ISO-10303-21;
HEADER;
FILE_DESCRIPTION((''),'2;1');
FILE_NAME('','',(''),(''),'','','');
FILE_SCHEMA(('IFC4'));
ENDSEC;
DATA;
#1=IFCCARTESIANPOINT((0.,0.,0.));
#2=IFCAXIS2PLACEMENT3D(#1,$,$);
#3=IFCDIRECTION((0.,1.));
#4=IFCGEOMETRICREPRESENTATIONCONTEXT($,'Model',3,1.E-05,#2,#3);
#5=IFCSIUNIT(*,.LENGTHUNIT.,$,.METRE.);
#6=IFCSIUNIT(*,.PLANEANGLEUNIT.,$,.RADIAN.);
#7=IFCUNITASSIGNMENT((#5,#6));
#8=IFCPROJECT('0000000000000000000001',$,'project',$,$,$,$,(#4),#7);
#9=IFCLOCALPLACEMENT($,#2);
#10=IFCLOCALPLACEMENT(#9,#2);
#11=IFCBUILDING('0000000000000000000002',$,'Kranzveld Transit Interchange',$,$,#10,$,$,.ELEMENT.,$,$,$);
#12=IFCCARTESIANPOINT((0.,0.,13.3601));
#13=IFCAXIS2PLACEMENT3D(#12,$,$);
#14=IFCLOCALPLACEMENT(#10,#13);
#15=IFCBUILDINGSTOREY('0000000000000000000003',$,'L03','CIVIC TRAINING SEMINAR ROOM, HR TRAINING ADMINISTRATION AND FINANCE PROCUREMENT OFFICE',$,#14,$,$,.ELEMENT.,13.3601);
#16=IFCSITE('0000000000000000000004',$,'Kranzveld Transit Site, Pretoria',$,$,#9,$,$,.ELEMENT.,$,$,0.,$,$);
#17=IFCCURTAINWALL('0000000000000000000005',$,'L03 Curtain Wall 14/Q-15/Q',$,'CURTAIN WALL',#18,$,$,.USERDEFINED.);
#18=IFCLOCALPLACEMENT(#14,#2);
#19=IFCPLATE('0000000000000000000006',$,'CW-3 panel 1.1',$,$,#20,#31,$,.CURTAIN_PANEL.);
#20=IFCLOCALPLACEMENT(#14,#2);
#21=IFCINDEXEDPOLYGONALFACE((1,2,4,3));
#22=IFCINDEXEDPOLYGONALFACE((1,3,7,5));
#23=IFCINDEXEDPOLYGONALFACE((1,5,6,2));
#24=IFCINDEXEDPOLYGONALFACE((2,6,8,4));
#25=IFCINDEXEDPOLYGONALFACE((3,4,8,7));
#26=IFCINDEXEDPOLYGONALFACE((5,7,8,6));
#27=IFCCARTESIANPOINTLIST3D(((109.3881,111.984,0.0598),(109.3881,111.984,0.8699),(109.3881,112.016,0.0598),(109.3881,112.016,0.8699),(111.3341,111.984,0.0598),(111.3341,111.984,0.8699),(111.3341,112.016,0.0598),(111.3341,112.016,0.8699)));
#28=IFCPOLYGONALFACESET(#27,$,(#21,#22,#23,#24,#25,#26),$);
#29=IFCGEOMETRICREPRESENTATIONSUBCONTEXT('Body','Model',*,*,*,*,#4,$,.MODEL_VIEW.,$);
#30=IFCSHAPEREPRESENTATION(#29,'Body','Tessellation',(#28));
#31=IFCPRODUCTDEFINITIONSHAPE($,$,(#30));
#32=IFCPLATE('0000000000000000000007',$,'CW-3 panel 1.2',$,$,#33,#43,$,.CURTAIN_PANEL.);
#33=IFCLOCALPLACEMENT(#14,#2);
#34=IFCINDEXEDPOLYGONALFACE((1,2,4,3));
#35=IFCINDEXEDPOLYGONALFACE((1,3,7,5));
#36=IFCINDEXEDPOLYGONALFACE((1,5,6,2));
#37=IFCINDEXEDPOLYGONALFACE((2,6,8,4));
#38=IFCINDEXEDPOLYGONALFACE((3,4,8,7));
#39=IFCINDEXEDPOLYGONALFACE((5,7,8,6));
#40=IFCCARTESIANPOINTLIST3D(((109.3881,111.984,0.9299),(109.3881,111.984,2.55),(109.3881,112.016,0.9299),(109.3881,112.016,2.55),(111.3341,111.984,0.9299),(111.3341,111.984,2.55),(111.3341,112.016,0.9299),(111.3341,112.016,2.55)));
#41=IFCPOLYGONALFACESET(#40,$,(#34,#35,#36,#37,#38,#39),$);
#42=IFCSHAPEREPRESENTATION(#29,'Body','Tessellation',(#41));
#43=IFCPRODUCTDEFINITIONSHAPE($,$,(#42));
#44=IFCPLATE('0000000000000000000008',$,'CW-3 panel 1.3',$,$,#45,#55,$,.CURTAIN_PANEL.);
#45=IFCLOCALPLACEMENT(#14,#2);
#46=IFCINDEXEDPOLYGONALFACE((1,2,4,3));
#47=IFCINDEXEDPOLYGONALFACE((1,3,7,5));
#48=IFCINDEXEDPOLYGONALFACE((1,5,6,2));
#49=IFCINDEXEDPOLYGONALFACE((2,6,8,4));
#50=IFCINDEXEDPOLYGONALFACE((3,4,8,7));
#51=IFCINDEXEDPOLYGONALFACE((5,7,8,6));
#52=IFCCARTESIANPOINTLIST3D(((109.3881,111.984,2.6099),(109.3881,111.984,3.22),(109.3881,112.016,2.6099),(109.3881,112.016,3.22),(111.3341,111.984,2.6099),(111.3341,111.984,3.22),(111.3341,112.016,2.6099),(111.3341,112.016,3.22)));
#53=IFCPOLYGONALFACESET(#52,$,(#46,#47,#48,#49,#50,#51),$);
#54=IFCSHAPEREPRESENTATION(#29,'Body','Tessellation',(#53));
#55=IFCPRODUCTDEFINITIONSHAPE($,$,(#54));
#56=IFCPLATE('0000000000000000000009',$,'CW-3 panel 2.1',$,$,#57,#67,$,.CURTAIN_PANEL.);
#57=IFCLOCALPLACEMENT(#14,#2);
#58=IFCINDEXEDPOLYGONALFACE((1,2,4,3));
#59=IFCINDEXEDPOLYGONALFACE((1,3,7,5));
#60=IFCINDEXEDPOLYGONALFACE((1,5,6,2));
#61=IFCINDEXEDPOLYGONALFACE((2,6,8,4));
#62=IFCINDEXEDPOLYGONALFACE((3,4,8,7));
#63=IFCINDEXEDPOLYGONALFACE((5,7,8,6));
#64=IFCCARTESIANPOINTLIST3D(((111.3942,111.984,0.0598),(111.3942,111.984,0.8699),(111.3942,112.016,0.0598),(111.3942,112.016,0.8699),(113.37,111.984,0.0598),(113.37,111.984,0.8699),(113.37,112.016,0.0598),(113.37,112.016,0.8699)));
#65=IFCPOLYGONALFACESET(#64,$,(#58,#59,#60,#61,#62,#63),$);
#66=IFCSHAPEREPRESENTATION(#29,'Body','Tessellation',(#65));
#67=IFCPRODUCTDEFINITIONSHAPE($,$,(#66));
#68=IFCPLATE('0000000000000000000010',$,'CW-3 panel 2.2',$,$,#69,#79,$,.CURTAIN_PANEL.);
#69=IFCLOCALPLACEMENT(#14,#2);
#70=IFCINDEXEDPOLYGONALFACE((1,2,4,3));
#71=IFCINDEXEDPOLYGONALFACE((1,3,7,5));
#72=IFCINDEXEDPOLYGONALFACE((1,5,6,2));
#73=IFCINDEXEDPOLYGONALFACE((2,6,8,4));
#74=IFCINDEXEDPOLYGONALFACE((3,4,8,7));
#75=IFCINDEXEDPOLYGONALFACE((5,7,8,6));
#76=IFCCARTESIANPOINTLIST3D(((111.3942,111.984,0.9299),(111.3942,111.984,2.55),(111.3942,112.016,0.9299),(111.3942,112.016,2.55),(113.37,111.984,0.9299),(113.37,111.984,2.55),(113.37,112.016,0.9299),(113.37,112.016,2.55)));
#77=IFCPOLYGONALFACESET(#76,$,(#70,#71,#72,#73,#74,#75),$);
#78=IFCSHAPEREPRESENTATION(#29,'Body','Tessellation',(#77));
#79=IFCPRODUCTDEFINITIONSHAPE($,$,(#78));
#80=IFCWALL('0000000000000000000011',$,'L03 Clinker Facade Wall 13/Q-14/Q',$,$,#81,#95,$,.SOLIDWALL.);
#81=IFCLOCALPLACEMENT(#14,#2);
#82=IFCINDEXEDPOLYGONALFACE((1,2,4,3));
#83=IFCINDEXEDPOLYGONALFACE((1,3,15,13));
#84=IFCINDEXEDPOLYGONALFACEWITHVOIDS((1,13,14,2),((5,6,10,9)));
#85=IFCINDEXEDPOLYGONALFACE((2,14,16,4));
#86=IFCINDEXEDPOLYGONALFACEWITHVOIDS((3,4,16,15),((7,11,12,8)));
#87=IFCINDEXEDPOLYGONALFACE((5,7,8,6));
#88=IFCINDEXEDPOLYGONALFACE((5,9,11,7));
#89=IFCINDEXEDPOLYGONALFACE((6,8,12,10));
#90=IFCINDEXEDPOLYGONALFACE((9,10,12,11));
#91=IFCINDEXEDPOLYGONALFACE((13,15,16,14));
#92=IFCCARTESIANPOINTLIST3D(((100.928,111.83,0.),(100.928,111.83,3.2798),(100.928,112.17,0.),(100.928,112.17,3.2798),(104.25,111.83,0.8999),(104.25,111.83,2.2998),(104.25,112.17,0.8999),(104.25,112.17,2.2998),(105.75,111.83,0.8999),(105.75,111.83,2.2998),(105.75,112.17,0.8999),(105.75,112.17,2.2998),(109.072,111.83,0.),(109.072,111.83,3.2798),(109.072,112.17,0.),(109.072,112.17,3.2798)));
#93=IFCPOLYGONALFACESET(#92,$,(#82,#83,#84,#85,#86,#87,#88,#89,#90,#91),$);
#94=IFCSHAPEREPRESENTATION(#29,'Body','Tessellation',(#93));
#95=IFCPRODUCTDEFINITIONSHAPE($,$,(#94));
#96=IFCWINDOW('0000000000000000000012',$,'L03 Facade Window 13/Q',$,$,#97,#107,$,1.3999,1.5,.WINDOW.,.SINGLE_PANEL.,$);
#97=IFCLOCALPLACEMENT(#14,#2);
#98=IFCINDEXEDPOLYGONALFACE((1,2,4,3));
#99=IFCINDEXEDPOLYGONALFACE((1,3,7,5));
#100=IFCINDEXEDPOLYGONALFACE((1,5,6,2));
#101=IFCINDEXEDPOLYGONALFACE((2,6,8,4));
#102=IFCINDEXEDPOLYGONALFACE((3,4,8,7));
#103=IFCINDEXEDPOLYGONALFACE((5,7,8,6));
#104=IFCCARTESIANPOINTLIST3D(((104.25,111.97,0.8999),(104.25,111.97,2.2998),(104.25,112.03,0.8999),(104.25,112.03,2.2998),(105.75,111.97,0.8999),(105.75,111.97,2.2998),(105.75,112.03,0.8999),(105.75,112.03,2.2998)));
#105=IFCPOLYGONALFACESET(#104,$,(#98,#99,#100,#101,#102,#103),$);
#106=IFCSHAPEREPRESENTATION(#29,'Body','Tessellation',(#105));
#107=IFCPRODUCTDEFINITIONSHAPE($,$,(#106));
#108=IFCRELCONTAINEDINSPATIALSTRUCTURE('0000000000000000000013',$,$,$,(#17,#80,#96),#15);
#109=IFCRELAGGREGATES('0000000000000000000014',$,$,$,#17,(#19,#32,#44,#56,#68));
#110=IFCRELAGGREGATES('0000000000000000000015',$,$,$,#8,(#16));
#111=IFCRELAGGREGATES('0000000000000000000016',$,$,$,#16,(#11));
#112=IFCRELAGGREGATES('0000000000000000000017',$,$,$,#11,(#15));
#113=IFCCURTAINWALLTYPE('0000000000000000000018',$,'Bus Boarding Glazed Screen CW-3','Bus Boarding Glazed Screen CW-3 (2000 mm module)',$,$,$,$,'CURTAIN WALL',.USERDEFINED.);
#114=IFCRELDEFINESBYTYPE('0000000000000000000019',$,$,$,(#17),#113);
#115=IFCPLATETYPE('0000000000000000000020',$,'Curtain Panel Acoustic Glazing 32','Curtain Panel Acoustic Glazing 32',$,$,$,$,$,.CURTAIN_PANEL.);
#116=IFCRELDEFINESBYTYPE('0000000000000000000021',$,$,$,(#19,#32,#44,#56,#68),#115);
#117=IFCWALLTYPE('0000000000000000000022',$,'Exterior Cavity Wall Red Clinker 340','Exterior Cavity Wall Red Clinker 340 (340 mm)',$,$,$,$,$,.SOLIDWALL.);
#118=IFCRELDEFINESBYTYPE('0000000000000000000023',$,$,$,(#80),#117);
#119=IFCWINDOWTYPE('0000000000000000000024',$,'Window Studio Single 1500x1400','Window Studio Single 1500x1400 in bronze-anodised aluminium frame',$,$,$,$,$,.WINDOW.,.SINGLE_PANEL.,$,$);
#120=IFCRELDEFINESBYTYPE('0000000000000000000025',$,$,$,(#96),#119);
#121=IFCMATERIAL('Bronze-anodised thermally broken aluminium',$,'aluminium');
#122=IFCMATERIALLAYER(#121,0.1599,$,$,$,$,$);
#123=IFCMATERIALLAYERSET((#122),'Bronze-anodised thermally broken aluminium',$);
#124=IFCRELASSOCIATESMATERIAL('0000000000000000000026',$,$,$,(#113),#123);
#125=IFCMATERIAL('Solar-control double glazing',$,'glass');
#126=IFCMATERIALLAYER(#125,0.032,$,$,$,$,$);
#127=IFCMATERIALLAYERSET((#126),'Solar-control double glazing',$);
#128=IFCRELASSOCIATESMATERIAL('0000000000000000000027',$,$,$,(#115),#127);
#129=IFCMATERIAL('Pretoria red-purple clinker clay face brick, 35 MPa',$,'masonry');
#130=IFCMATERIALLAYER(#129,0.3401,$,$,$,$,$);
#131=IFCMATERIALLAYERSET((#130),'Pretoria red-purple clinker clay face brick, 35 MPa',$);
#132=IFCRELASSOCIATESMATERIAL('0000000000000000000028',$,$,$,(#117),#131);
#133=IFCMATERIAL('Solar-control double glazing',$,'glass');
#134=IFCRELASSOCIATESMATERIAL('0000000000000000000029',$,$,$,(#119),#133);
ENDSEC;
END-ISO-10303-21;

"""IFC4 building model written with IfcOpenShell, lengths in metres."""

from ifc_helpers import new_model, si_unit, direction, frame, frame_2d, origin, origin_2d, place, context, subcontext, project, spatial, rectangle, extrude, material, layer, layer_set, type_object, element, fill, aggregate, save


model = new_model("IFC4")

# Units and contexts
model_context = context("Model", 3, precision=1e-05, world=origin(), true_north=direction((0.0, 1.0)))
body_context = subcontext(model_context, "Body", "Model", "MODEL_VIEW")
ifc_project = project(units=[si_unit("LENGTHUNIT", "METRE"), si_unit("PLANEANGLEUNIT", "RADIAN")], contexts=[model_context])

# Site, building, storey
site_placement = place(None, origin())
site = spatial("IfcSite", under=ifc_project, at=site_placement, Name="Kranzveld Transit Site, Pretoria", CompositionType="ELEMENT", RefElevation=0.0)
building_placement = place(site_placement, origin())
building = spatial("IfcBuilding", under=site, at=building_placement, Name="Kranzveld Transit Interchange", CompositionType="ELEMENT")
storey_placement = place(building_placement, frame((0.0, 0.0, 13.3601)))
storey = spatial("IfcBuildingStorey", under=building, at=storey_placement, Name="L03", Description="CIVIC TRAINING SEMINAR ROOM, HR TRAINING ADMINISTRATION AND FINANCE PROCUREMENT OFFICE", CompositionType="ELEMENT", Elevation=13.3601)

# Curtain wall
ifc_material_1 = material(Name="Bronze-anodised thermally broken aluminium", Category="aluminium")
ifc_layer_1 = layer(ifc_material_1, 0.1599)
ifc_layer_set_1 = layer_set([ifc_layer_1], Name="Bronze-anodised thermally broken aluminium")
curtain_wall_type = type_object("IfcCurtainWallType", Name="Bus Boarding Glazed Screen CW-3", Description="Bus Boarding Glazed Screen CW-3 (2000 mm module)", ElementType="CURTAIN WALL", PredefinedType="USERDEFINED", material=ifc_layer_set_1)
curtain_wall_placement = place(storey_placement, origin())
curtain_wall = element("IfcCurtainWall", 1, at=curtain_wall_placement, inside=storey, type_object=curtain_wall_type, Name="L03 Curtain Wall 14/Q-15/Q", ObjectType="CURTAIN WALL", PredefinedType="USERDEFINED")

# Plates
ifc_material_2 = material(Name="Solar-control double glazing", Category="glass")
ifc_layer_2 = layer(ifc_material_2, 0.032)
ifc_layer_set_2 = layer_set([ifc_layer_2], Name="Solar-control double glazing")
plate_type = type_object("IfcPlateType", Name="Curtain Panel Acoustic Glazing 32", Description="Curtain Panel Acoustic Glazing 32", PredefinedType="CURTAIN_PANEL", material=ifc_layer_set_2)
plate_1_placement = place(storey_placement, frame((110.3611, 112.0, 0.0598), z_axis=(0.0, 0.0, 1.0), x_axis=(1.0, 0.0, 0.0)))
plate_1 = element("IfcPlate", 2, at=plate_1_placement, type_object=plate_type, Name="CW-3 panel 1.1", PredefinedType="CURTAIN_PANEL", context=body_context, shape_type="SweptSolid", body=[
    extrude(rectangle(XDim=1.946, YDim=0.032, at=origin_2d()), origin(), (0.0, 0.0, 1.0), 0.8101),
])
plate_2_placement = place(storey_placement, frame((110.3611, 112.0, 0.9299), z_axis=(0.0, 0.0, 1.0), x_axis=(1.0, 0.0, 0.0)))
plate_2 = element("IfcPlate", 3, at=plate_2_placement, type_object=plate_type, Name="CW-3 panel 1.2", PredefinedType="CURTAIN_PANEL", context=body_context, shape_type="SweptSolid", body=[
    extrude(rectangle(XDim=1.946, YDim=0.032, at=origin_2d()), origin(), (0.0, 0.0, 1.0), 1.6201),
])
plate_3_placement = place(storey_placement, frame((110.3611, 112.0, 2.6099), z_axis=(0.0, 0.0, 1.0), x_axis=(1.0, 0.0, 0.0)))
plate_3 = element("IfcPlate", 4, at=plate_3_placement, type_object=plate_type, Name="CW-3 panel 1.3", PredefinedType="CURTAIN_PANEL", context=body_context, shape_type="SweptSolid", body=[
    extrude(rectangle(XDim=1.946, YDim=0.032, at=origin_2d()), origin(), (0.0, 0.0, 1.0), 0.6101),
])
plate_4_placement = place(storey_placement, frame((112.3821, 112.0, 0.0598), z_axis=(0.0, 0.0, 1.0), x_axis=(1.0, 0.0, 0.0)))
plate_4 = element("IfcPlate", 5, at=plate_4_placement, type_object=plate_type, Name="CW-3 panel 2.1", PredefinedType="CURTAIN_PANEL", context=body_context, shape_type="SweptSolid", body=[
    extrude(rectangle(XDim=1.9758, YDim=0.032, at=origin_2d()), origin(), (0.0, 0.0, 1.0), 0.8101),
])
plate_5_placement = place(storey_placement, frame((112.3821, 112.0, 0.9299), z_axis=(0.0, 0.0, 1.0), x_axis=(1.0, 0.0, 0.0)))
plate_5 = element("IfcPlate", 6, at=plate_5_placement, type_object=plate_type, Name="CW-3 panel 2.2", PredefinedType="CURTAIN_PANEL", context=body_context, shape_type="SweptSolid", body=[
    extrude(rectangle(XDim=1.9758, YDim=0.032, at=origin_2d()), origin(), (0.0, 0.0, 1.0), 1.6201),
])
aggregate(curtain_wall, [plate_1, plate_2, plate_3, plate_4, plate_5])

# Wall, opening, window
ifc_material_3 = material(Name="Pretoria red-purple clinker clay face brick, 35 MPa", Category="masonry")
ifc_layer_3 = layer(ifc_material_3, 0.3401)
ifc_layer_set_3 = layer_set([ifc_layer_3], Name="Pretoria red-purple clinker clay face brick, 35 MPa")
wall_type = type_object("IfcWallType", Name="Exterior Cavity Wall Red Clinker 340", Description="Exterior Cavity Wall Red Clinker 340 (340 mm)", PredefinedType="SOLIDWALL", material=ifc_layer_set_3)
wall_placement = place(storey_placement, frame((100.928, 112.0, 0.0), z_axis=(0.0, 0.0, 1.0), x_axis=(1.0, 0.0, 0.0)))
wall = element("IfcWall", 7, at=wall_placement, inside=storey, type_object=wall_type, Name="L03 Clinker Facade Wall 13/Q-14/Q", PredefinedType="SOLIDWALL", context=body_context, shape_type="SweptSolid", body=[
    extrude(rectangle(XDim=8.144, YDim=0.3401, at=frame_2d((4.072, 0.0))), origin(), (0.0, 0.0, 1.0), 3.2798),
])
opening_placement = place(wall_placement, frame((3.322, 0.0, 0.8999), z_axis=(0.0, 0.0, 1.0), x_axis=(1.0, 0.0, 0.0)))
opening = element("IfcOpeningElement", 8, at=opening_placement, cuts=wall, PredefinedType="OPENING", context=body_context, shape_type="SweptSolid", body=[
    extrude(rectangle(XDim=1.5, YDim=1.3999, at=frame_2d((0.75, 0.7))), frame((0.0, 0.1799, 0.0), z_axis=(0.0, -1.0, 0.0), x_axis=(1.0, 0.0, 0.0)), (0.0, 0.0, 1.0), 0.3601),
])
ifc_material_4 = material(Name="Solar-control double glazing", Category="glass")
window_type = type_object("IfcWindowType", Name="Window Studio Single 1500x1400", Description="Window Studio Single 1500x1400 in bronze-anodised aluminium frame", PartitioningType="SINGLE_PANEL", PredefinedType="WINDOW", material=ifc_material_4)
window_placement = place(opening_placement, origin())
window = element("IfcWindow", 9, at=window_placement, inside=storey, type_object=window_type, Name="L03 Facade Window 13/Q", OverallHeight=1.3999, OverallWidth=1.5, PartitioningType="SINGLE_PANEL", PredefinedType="WINDOW", context=body_context, shape_type="SweptSolid", body=[
    extrude(rectangle(XDim=1.5, YDim=1.3999, at=frame_2d((0.75, 0.7))), frame((0.0, 0.03, 0.0), z_axis=(0.0, -1.0, 0.0), x_axis=(1.0, 0.0, 0.0)), (0.0, 0.0, 1.0), 0.0601),
])
fill(opening, window)

save(model, "model.ifc")
